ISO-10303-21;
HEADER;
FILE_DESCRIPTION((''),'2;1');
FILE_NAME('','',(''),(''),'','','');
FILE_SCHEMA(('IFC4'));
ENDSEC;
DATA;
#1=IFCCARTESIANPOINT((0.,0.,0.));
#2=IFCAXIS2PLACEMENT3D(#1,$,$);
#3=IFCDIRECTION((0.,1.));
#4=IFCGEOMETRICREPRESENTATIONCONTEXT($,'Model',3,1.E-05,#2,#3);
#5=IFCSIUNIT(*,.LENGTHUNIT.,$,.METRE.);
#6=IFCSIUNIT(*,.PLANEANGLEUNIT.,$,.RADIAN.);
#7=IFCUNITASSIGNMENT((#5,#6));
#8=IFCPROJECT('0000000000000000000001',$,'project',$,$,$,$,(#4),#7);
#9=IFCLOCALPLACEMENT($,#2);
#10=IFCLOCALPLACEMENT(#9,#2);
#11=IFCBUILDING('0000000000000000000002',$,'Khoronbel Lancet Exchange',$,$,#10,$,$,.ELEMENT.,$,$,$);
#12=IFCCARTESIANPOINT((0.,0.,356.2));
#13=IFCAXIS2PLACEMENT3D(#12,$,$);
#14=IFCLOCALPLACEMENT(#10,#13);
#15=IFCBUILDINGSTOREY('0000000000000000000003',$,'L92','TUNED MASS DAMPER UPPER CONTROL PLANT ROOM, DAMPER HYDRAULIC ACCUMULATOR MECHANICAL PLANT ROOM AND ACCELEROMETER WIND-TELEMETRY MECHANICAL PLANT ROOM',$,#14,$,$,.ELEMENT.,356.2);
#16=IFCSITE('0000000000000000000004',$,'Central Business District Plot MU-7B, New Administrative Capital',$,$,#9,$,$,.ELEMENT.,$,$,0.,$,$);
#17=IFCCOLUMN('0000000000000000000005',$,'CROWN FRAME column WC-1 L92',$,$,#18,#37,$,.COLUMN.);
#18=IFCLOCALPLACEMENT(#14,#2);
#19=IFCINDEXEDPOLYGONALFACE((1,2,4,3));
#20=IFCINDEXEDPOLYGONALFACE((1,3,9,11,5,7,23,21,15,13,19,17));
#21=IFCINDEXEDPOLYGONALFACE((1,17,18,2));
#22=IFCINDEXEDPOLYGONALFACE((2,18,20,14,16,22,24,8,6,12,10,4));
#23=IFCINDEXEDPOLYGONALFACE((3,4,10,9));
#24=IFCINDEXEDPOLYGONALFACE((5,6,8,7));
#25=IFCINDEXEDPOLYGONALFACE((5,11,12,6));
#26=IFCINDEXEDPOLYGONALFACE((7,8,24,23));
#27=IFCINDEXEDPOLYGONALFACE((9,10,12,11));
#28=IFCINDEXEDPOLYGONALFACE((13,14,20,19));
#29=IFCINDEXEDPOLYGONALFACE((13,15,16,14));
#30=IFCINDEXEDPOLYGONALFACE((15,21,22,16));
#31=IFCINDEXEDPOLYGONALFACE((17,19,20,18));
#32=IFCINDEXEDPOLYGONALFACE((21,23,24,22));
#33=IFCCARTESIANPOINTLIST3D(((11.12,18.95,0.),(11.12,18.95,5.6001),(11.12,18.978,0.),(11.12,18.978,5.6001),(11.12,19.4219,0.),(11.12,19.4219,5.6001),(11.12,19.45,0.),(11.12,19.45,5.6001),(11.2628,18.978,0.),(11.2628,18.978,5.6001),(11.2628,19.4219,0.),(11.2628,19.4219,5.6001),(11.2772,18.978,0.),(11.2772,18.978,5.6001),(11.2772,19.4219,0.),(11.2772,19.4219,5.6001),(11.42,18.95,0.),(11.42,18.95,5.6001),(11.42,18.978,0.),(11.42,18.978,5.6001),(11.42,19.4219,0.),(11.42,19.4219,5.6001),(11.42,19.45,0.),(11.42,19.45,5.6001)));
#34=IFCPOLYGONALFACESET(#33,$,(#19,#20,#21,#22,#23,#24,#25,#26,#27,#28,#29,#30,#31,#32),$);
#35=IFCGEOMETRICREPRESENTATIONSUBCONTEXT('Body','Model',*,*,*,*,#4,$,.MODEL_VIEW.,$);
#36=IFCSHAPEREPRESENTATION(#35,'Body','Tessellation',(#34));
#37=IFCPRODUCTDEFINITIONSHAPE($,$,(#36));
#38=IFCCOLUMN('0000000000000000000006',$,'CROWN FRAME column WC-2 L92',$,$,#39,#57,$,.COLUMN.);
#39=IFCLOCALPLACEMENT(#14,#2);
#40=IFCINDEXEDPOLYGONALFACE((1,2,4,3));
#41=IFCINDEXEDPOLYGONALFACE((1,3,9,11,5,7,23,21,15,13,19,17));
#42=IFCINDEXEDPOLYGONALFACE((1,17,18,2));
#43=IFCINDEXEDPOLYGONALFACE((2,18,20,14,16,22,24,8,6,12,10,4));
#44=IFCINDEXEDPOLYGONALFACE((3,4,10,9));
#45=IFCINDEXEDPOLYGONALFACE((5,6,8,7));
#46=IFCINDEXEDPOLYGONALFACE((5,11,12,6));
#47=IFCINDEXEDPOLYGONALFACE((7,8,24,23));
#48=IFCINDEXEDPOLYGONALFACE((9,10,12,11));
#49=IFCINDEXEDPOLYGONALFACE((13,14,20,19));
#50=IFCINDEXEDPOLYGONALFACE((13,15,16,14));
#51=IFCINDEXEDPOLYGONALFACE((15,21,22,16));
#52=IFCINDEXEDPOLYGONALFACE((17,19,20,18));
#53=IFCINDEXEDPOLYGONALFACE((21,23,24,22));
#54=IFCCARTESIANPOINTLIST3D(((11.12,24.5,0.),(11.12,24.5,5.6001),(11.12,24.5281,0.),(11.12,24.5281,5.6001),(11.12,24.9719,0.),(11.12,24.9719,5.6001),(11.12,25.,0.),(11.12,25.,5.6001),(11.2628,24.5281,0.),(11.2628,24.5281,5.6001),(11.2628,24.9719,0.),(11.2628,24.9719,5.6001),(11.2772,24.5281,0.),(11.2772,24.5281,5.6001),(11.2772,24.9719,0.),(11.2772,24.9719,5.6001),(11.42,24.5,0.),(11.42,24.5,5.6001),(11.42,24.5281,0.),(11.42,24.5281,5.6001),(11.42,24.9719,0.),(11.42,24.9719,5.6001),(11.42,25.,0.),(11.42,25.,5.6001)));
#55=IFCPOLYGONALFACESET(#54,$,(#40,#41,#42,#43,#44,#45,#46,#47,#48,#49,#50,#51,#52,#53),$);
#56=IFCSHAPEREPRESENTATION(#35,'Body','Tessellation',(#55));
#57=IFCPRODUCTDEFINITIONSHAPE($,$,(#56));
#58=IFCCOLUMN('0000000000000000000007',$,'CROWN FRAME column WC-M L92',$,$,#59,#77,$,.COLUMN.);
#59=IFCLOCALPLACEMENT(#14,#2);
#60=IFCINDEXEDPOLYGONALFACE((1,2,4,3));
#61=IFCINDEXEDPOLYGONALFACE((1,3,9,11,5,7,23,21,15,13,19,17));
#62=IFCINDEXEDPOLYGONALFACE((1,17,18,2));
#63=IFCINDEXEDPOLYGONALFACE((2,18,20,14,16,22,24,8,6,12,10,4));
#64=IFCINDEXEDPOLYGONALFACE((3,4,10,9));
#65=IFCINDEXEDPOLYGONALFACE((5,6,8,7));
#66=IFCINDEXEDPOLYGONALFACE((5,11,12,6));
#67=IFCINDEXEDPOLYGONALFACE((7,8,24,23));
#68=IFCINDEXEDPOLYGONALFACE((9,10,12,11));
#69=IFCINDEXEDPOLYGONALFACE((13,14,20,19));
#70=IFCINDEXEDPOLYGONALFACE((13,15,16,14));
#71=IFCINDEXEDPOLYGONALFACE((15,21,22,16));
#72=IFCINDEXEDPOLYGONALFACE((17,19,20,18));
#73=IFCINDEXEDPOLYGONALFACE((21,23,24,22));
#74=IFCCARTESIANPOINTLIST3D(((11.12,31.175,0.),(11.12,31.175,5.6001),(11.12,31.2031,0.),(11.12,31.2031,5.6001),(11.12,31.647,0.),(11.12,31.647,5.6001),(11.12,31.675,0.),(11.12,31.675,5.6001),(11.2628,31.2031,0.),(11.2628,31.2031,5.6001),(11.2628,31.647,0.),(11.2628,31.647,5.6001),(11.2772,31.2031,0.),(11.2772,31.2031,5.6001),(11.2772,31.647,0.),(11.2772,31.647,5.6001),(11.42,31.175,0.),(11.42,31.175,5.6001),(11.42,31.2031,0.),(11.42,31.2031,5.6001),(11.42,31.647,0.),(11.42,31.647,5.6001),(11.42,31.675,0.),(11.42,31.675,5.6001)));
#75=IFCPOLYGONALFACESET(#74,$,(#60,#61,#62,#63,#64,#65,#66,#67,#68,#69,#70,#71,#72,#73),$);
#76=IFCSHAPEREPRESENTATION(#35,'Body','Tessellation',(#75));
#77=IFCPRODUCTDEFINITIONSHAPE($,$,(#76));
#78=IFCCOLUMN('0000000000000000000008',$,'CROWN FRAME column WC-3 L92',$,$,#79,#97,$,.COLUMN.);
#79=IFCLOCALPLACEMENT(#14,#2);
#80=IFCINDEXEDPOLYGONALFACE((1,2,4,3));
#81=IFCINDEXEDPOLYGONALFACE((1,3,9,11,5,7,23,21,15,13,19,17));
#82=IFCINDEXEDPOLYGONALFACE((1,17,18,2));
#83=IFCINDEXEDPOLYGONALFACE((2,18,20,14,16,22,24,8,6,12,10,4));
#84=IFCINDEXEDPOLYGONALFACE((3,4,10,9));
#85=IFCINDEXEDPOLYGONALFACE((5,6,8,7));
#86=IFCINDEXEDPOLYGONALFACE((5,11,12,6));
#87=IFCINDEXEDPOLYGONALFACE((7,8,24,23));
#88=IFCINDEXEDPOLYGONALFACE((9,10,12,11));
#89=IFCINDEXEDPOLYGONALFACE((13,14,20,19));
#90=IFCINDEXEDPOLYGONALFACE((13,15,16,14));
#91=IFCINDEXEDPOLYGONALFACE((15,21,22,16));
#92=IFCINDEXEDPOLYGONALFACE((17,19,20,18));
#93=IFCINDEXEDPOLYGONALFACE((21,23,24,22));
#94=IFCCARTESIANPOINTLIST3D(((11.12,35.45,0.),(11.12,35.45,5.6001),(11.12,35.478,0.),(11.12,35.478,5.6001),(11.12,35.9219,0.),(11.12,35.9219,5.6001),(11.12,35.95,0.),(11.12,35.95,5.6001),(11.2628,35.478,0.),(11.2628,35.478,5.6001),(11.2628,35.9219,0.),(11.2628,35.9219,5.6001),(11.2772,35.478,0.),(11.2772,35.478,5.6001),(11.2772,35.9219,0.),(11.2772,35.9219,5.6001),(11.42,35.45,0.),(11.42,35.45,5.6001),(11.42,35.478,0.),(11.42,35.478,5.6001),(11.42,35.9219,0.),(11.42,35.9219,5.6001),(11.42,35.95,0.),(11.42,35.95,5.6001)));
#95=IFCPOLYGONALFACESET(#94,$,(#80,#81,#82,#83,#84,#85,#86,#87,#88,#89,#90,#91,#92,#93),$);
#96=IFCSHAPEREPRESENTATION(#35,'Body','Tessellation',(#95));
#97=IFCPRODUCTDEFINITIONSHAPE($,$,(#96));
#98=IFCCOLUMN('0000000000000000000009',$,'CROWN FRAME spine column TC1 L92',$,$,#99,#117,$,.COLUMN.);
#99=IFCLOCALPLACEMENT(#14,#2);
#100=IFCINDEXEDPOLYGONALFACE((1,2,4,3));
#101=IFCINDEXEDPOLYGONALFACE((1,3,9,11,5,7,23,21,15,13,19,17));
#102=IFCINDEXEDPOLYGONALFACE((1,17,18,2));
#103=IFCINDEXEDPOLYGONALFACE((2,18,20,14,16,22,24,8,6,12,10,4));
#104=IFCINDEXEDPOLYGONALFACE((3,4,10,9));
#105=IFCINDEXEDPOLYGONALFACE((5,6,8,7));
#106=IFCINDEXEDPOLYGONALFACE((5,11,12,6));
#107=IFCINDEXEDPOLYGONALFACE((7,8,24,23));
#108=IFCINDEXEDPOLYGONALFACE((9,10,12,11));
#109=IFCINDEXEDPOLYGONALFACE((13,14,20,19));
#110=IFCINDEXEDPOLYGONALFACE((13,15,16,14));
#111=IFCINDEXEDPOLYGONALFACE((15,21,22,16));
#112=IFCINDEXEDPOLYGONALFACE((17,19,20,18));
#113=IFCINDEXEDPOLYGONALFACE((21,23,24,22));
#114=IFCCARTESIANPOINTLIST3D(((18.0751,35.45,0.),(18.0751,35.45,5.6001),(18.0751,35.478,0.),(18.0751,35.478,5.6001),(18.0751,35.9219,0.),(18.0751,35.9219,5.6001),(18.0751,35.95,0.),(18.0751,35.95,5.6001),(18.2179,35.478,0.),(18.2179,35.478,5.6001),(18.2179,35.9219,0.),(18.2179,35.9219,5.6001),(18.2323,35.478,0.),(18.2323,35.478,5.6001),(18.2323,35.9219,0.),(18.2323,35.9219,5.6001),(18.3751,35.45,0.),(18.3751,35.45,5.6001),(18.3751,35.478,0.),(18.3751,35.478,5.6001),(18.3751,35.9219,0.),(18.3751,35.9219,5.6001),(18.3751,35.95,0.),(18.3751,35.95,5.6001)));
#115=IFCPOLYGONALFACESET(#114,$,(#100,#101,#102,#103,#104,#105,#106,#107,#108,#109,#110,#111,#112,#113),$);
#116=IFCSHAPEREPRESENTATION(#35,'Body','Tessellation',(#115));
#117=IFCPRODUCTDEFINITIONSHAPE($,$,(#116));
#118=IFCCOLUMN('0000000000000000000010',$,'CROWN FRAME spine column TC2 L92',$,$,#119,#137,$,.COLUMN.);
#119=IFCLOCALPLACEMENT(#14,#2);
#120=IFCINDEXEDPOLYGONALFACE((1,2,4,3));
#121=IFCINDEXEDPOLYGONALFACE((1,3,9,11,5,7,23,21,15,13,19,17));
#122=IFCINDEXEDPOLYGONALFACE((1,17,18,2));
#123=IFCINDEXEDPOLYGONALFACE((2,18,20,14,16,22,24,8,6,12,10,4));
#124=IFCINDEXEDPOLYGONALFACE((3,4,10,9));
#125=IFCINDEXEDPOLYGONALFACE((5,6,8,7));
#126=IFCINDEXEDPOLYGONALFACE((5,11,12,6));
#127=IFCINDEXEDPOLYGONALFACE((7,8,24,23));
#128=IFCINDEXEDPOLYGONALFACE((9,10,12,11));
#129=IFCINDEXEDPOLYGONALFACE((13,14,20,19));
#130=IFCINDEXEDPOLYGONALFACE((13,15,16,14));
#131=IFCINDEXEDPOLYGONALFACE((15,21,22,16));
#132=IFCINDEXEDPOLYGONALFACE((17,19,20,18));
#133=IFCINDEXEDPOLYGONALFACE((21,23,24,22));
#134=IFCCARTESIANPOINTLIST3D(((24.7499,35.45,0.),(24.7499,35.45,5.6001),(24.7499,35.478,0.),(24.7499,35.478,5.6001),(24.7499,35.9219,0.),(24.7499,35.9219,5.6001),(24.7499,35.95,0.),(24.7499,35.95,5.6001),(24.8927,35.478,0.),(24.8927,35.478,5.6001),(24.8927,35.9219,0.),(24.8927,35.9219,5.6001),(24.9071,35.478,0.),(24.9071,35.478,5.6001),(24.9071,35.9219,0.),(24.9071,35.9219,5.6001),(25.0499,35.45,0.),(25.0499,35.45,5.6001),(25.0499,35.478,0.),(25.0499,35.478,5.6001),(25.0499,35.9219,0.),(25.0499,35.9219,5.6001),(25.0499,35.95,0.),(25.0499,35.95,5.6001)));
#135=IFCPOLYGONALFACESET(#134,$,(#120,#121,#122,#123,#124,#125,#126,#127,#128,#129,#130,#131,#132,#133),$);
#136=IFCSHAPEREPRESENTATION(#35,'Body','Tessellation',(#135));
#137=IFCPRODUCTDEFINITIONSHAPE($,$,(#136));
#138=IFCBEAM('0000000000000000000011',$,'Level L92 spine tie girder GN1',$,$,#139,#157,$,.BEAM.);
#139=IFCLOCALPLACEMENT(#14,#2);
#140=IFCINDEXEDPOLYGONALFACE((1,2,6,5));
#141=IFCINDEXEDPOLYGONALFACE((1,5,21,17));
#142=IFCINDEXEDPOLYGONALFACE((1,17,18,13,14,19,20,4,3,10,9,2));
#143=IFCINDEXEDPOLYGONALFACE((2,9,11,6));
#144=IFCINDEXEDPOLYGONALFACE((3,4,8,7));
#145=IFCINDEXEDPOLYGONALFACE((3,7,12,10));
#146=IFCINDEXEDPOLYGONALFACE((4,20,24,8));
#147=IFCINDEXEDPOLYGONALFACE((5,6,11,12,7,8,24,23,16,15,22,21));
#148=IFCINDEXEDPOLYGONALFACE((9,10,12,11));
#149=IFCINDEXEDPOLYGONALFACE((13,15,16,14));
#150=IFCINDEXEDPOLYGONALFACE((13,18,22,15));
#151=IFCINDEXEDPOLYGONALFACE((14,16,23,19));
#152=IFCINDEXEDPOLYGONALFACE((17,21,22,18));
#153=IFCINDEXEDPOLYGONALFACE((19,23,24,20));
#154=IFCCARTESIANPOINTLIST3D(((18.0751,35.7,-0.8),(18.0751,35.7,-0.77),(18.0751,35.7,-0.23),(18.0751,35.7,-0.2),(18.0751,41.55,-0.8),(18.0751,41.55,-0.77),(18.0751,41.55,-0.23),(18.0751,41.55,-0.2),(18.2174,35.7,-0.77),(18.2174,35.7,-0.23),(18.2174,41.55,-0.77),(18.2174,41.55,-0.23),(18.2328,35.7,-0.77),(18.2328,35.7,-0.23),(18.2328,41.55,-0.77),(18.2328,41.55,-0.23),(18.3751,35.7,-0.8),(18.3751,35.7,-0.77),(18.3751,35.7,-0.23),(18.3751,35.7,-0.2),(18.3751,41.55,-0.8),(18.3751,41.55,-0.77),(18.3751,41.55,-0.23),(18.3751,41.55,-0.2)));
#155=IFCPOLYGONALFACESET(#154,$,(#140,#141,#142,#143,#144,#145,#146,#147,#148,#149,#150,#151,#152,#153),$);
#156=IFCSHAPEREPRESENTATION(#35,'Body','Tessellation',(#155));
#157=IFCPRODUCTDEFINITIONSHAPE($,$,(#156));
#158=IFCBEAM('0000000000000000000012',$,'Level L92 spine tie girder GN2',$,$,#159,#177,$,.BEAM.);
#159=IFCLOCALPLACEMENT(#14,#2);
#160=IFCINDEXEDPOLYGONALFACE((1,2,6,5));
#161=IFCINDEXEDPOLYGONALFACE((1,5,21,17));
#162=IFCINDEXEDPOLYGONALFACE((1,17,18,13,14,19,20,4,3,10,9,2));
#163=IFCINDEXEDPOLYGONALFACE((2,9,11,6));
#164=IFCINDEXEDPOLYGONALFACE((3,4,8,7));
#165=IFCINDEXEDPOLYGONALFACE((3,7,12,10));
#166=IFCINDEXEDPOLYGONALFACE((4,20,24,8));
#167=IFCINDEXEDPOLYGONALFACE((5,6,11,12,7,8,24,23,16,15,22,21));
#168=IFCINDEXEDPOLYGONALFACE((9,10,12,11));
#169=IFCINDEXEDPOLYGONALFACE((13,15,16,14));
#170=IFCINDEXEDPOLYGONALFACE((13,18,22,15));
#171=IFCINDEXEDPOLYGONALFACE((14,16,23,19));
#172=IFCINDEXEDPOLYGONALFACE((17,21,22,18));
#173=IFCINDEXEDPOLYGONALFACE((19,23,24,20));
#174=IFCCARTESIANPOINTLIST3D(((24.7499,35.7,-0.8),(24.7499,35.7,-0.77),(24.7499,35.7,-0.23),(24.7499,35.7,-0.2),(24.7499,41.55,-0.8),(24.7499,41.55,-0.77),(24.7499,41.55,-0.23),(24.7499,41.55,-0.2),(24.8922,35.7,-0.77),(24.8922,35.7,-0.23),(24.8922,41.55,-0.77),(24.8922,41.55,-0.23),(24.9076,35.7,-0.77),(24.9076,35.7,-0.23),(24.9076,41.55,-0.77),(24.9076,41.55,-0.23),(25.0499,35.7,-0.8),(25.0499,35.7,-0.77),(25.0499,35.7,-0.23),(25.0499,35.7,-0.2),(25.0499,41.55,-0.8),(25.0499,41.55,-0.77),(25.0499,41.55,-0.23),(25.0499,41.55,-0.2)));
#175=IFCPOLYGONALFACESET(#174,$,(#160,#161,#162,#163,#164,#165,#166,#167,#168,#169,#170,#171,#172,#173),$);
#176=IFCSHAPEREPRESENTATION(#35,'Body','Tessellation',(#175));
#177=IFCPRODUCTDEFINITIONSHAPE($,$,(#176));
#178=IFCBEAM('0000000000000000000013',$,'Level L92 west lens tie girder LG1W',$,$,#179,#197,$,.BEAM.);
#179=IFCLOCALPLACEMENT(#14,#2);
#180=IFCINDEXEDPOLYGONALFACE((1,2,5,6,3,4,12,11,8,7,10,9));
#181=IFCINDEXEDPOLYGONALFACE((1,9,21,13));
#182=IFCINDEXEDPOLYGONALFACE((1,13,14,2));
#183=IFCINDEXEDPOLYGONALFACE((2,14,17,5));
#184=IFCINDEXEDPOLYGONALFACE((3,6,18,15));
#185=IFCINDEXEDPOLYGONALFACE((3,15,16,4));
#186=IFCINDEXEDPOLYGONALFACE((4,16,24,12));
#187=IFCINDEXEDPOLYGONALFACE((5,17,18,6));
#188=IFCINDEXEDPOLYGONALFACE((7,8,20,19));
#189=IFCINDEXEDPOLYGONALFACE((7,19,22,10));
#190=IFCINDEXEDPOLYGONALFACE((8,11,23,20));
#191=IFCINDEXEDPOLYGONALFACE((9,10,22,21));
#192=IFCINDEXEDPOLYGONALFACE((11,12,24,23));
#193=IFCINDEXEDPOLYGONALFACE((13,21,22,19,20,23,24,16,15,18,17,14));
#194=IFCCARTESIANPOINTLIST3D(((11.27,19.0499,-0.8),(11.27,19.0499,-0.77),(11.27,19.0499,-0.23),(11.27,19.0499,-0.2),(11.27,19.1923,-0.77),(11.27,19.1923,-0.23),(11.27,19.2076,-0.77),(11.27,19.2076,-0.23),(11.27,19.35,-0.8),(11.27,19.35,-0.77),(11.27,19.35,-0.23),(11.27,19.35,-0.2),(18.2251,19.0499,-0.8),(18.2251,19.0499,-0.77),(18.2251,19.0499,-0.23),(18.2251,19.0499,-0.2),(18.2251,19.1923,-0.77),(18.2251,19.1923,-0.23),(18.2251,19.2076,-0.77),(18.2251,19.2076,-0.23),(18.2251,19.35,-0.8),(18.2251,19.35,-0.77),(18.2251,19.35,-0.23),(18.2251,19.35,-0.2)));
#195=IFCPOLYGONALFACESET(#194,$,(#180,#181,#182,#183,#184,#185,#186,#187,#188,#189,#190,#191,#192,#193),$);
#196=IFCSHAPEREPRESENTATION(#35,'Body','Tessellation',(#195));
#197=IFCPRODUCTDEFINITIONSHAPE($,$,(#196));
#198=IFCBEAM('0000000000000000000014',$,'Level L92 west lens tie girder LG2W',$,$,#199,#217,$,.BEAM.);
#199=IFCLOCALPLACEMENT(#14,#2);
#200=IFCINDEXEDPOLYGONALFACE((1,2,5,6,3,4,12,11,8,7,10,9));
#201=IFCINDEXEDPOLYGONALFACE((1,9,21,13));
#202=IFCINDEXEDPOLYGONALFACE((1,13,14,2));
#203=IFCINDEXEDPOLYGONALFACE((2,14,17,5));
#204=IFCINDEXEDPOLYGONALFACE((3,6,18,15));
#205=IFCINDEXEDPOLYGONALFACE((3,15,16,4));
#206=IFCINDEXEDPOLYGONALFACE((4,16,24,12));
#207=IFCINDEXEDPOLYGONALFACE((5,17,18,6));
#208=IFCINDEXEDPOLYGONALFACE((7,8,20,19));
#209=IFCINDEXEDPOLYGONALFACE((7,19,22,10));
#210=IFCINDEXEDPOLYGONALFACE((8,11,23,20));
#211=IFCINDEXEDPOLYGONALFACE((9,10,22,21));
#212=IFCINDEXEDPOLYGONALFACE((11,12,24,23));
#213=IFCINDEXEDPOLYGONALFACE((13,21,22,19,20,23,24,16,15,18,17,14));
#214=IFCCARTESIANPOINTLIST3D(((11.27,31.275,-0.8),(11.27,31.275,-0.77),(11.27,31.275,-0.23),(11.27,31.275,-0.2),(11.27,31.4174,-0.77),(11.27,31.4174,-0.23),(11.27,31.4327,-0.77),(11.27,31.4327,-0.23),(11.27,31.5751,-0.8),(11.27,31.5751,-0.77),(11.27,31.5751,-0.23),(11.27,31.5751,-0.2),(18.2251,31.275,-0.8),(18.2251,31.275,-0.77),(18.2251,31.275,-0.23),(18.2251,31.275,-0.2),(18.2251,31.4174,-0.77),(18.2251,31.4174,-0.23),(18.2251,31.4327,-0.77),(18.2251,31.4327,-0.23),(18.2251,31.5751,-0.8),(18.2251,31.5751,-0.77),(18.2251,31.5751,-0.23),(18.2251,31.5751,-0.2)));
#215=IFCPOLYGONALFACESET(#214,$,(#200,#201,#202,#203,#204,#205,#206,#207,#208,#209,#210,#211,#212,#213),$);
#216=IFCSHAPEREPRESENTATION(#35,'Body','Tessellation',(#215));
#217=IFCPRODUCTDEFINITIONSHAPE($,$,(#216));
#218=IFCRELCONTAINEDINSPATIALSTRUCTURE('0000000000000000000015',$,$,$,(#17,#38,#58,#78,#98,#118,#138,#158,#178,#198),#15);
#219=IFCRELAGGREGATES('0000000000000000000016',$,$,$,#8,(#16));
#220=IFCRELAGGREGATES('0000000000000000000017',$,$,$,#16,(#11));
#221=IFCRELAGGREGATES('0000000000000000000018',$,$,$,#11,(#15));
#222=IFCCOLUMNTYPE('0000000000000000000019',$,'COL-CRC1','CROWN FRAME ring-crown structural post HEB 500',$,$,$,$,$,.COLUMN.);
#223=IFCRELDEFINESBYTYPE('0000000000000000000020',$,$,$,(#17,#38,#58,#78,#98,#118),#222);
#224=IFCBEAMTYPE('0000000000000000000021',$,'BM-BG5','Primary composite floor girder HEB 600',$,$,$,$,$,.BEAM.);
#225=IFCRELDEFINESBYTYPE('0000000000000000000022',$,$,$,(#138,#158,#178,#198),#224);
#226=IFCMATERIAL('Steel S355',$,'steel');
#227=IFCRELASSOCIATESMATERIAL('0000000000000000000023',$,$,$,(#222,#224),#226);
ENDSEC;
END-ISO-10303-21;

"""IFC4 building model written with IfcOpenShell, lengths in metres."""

from ifc_helpers import new_model, si_unit, direction, frame, origin, origin_2d, place, context, subcontext, project, spatial, i_section, extrude, material, material_profile, profile_set, type_object, element, save


model = new_model("IFC4")

# Units and contexts
model_context = context("Model", 3, precision=1e-05, world=origin(), true_north=direction((0.0, 1.0)))
body_context = subcontext(model_context, "Body", "Model", "MODEL_VIEW")
ifc_project = project(units=[si_unit("LENGTHUNIT", "METRE"), si_unit("PLANEANGLEUNIT", "RADIAN")], contexts=[model_context])

# Site, building, storey
site_placement = place(None, origin())
site = spatial("IfcSite", under=ifc_project, at=site_placement, Name="Central Business District Plot MU-7B, New Administrative Capital", CompositionType="ELEMENT", RefElevation=0.0)
building_placement = place(site_placement, origin())
building = spatial("IfcBuilding", under=site, at=building_placement, Name="Khoronbel Lancet Exchange", CompositionType="ELEMENT")
storey_placement = place(building_placement, frame((0.0, 0.0, 356.2)))
storey = spatial("IfcBuildingStorey", under=building, at=storey_placement, Name="L92", Description="TUNED MASS DAMPER UPPER CONTROL PLANT ROOM, DAMPER HYDRAULIC ACCUMULATOR MECHANICAL PLANT ROOM AND ACCELEROMETER WIND-TELEMETRY MECHANICAL PLANT ROOM", CompositionType="ELEMENT", Elevation=356.2)

# Columns
ifc_material_1 = material(Name="Steel S355", Category="steel")
ifc_material_profile_1 = material_profile(ifc_material_1, i_section(OverallWidth=0.3, OverallDepth=0.5, WebThickness=0.0144, FlangeThickness=0.0281, at=origin_2d()), Name="HEB 500")
ifc_profile_set_1 = profile_set([ifc_material_profile_1], Name="Steel S355")
column_type = type_object("IfcColumnType", Name="COL-CRC1", Description="CROWN FRAME ring-crown structural post HEB 500", PredefinedType="COLUMN", material=ifc_profile_set_1)
for number, where, z_axis, x_axis, name in (
    (1, (11.27, 19.2, 0.0), (0.0, 0.0, 1.0), (1.0, 0.0, 0.0), "CROWN FRAME column WC-1 L92"),
    (2, (11.27, 24.75, 0.0), (0.0, 0.0, 1.0), (1.0, 0.0, 0.0), "CROWN FRAME column WC-2 L92"),
    (3, (11.27, 31.425, 0.0), (0.0, 0.0, 1.0), (1.0, 0.0, 0.0), "CROWN FRAME column WC-M L92"),
    (4, (11.27, 35.7, 0.0), (0.0, 0.0, 1.0), (1.0, 0.0, 0.0), "CROWN FRAME column WC-3 L92"),
    (5, (18.2251, 35.7, 0.0), (0.0, 0.0, 1.0), (1.0, 0.0, 0.0), "CROWN FRAME spine column TC1 L92"),
    (6, (24.8999, 35.7, 0.0), (0.0, 0.0, 1.0), (1.0, 0.0, 0.0), "CROWN FRAME spine column TC2 L92"),
):
    element("IfcColumn", number, at=place(storey_placement, frame(where, z_axis=z_axis, x_axis=x_axis)), inside=storey, type_object=column_type, Name=name, PredefinedType="COLUMN", context=body_context, shape_type="SweptSolid", body=[
        extrude(i_section(OverallWidth=0.3, OverallDepth=0.5, WebThickness=0.0144, FlangeThickness=0.0281, at=origin_2d()), origin(), (0.0, 0.0, 1.0), 5.6001),
    ])

# Beams
ifc_material_profile_2 = material_profile(ifc_material_1, i_section(OverallWidth=0.3, OverallDepth=0.6001, WebThickness=0.0154, FlangeThickness=0.03, at=origin_2d()), Name="HEB 600")
ifc_profile_set_2 = profile_set([ifc_material_profile_2], Name="Steel S355")
beam_type_1 = type_object("IfcBeamType", Name="BM-BG5", Description="Primary composite floor girder HEB 600", PredefinedType="BEAM", material=ifc_profile_set_2)
for number, where, z_axis, x_axis, name in (
    (7, (18.2251, 35.7, -0.5), (0.0, 1.0, 0.0), (-1.0, 0.0, 0.0), "Level L92 spine tie girder GN1"),
    (8, (24.8999, 35.7, -0.5), (0.0, 1.0, 0.0), (-1.0, 0.0, 0.0), "Level L92 spine tie girder GN2"),
):
    element("IfcBeam", number, at=place(storey_placement, frame(where, z_axis=z_axis, x_axis=x_axis)), inside=storey, type_object=beam_type_1, Name=name, PredefinedType="BEAM", context=body_context, shape_type="SweptSolid", body=[
        extrude(i_section(OverallWidth=0.3, OverallDepth=0.6001, WebThickness=0.0154, FlangeThickness=0.03, at=origin_2d()), origin(), (0.0, 0.0, 1.0), 5.8501),
    ])
for number, where, z_axis, x_axis, name in (
    (9, (11.27, 19.2, -0.5), (1.0, 0.0, 0.0), (0.0, 1.0, 0.0), "Level L92 west lens tie girder LG1W"),
    (10, (11.27, 31.425, -0.5), (1.0, 0.0, 0.0), (0.0, 1.0, 0.0), "Level L92 west lens tie girder LG2W"),
):
    element("IfcBeam", number, at=place(storey_placement, frame(where, z_axis=z_axis, x_axis=x_axis)), inside=storey, type_object=beam_type_1, Name=name, PredefinedType="BEAM", context=body_context, shape_type="SweptSolid", body=[
        extrude(i_section(OverallWidth=0.3, OverallDepth=0.6001, WebThickness=0.0154, FlangeThickness=0.03, at=origin_2d()), origin(), (0.0, 0.0, 1.0), 6.9551),
    ])

save(model, "model.ifc")
